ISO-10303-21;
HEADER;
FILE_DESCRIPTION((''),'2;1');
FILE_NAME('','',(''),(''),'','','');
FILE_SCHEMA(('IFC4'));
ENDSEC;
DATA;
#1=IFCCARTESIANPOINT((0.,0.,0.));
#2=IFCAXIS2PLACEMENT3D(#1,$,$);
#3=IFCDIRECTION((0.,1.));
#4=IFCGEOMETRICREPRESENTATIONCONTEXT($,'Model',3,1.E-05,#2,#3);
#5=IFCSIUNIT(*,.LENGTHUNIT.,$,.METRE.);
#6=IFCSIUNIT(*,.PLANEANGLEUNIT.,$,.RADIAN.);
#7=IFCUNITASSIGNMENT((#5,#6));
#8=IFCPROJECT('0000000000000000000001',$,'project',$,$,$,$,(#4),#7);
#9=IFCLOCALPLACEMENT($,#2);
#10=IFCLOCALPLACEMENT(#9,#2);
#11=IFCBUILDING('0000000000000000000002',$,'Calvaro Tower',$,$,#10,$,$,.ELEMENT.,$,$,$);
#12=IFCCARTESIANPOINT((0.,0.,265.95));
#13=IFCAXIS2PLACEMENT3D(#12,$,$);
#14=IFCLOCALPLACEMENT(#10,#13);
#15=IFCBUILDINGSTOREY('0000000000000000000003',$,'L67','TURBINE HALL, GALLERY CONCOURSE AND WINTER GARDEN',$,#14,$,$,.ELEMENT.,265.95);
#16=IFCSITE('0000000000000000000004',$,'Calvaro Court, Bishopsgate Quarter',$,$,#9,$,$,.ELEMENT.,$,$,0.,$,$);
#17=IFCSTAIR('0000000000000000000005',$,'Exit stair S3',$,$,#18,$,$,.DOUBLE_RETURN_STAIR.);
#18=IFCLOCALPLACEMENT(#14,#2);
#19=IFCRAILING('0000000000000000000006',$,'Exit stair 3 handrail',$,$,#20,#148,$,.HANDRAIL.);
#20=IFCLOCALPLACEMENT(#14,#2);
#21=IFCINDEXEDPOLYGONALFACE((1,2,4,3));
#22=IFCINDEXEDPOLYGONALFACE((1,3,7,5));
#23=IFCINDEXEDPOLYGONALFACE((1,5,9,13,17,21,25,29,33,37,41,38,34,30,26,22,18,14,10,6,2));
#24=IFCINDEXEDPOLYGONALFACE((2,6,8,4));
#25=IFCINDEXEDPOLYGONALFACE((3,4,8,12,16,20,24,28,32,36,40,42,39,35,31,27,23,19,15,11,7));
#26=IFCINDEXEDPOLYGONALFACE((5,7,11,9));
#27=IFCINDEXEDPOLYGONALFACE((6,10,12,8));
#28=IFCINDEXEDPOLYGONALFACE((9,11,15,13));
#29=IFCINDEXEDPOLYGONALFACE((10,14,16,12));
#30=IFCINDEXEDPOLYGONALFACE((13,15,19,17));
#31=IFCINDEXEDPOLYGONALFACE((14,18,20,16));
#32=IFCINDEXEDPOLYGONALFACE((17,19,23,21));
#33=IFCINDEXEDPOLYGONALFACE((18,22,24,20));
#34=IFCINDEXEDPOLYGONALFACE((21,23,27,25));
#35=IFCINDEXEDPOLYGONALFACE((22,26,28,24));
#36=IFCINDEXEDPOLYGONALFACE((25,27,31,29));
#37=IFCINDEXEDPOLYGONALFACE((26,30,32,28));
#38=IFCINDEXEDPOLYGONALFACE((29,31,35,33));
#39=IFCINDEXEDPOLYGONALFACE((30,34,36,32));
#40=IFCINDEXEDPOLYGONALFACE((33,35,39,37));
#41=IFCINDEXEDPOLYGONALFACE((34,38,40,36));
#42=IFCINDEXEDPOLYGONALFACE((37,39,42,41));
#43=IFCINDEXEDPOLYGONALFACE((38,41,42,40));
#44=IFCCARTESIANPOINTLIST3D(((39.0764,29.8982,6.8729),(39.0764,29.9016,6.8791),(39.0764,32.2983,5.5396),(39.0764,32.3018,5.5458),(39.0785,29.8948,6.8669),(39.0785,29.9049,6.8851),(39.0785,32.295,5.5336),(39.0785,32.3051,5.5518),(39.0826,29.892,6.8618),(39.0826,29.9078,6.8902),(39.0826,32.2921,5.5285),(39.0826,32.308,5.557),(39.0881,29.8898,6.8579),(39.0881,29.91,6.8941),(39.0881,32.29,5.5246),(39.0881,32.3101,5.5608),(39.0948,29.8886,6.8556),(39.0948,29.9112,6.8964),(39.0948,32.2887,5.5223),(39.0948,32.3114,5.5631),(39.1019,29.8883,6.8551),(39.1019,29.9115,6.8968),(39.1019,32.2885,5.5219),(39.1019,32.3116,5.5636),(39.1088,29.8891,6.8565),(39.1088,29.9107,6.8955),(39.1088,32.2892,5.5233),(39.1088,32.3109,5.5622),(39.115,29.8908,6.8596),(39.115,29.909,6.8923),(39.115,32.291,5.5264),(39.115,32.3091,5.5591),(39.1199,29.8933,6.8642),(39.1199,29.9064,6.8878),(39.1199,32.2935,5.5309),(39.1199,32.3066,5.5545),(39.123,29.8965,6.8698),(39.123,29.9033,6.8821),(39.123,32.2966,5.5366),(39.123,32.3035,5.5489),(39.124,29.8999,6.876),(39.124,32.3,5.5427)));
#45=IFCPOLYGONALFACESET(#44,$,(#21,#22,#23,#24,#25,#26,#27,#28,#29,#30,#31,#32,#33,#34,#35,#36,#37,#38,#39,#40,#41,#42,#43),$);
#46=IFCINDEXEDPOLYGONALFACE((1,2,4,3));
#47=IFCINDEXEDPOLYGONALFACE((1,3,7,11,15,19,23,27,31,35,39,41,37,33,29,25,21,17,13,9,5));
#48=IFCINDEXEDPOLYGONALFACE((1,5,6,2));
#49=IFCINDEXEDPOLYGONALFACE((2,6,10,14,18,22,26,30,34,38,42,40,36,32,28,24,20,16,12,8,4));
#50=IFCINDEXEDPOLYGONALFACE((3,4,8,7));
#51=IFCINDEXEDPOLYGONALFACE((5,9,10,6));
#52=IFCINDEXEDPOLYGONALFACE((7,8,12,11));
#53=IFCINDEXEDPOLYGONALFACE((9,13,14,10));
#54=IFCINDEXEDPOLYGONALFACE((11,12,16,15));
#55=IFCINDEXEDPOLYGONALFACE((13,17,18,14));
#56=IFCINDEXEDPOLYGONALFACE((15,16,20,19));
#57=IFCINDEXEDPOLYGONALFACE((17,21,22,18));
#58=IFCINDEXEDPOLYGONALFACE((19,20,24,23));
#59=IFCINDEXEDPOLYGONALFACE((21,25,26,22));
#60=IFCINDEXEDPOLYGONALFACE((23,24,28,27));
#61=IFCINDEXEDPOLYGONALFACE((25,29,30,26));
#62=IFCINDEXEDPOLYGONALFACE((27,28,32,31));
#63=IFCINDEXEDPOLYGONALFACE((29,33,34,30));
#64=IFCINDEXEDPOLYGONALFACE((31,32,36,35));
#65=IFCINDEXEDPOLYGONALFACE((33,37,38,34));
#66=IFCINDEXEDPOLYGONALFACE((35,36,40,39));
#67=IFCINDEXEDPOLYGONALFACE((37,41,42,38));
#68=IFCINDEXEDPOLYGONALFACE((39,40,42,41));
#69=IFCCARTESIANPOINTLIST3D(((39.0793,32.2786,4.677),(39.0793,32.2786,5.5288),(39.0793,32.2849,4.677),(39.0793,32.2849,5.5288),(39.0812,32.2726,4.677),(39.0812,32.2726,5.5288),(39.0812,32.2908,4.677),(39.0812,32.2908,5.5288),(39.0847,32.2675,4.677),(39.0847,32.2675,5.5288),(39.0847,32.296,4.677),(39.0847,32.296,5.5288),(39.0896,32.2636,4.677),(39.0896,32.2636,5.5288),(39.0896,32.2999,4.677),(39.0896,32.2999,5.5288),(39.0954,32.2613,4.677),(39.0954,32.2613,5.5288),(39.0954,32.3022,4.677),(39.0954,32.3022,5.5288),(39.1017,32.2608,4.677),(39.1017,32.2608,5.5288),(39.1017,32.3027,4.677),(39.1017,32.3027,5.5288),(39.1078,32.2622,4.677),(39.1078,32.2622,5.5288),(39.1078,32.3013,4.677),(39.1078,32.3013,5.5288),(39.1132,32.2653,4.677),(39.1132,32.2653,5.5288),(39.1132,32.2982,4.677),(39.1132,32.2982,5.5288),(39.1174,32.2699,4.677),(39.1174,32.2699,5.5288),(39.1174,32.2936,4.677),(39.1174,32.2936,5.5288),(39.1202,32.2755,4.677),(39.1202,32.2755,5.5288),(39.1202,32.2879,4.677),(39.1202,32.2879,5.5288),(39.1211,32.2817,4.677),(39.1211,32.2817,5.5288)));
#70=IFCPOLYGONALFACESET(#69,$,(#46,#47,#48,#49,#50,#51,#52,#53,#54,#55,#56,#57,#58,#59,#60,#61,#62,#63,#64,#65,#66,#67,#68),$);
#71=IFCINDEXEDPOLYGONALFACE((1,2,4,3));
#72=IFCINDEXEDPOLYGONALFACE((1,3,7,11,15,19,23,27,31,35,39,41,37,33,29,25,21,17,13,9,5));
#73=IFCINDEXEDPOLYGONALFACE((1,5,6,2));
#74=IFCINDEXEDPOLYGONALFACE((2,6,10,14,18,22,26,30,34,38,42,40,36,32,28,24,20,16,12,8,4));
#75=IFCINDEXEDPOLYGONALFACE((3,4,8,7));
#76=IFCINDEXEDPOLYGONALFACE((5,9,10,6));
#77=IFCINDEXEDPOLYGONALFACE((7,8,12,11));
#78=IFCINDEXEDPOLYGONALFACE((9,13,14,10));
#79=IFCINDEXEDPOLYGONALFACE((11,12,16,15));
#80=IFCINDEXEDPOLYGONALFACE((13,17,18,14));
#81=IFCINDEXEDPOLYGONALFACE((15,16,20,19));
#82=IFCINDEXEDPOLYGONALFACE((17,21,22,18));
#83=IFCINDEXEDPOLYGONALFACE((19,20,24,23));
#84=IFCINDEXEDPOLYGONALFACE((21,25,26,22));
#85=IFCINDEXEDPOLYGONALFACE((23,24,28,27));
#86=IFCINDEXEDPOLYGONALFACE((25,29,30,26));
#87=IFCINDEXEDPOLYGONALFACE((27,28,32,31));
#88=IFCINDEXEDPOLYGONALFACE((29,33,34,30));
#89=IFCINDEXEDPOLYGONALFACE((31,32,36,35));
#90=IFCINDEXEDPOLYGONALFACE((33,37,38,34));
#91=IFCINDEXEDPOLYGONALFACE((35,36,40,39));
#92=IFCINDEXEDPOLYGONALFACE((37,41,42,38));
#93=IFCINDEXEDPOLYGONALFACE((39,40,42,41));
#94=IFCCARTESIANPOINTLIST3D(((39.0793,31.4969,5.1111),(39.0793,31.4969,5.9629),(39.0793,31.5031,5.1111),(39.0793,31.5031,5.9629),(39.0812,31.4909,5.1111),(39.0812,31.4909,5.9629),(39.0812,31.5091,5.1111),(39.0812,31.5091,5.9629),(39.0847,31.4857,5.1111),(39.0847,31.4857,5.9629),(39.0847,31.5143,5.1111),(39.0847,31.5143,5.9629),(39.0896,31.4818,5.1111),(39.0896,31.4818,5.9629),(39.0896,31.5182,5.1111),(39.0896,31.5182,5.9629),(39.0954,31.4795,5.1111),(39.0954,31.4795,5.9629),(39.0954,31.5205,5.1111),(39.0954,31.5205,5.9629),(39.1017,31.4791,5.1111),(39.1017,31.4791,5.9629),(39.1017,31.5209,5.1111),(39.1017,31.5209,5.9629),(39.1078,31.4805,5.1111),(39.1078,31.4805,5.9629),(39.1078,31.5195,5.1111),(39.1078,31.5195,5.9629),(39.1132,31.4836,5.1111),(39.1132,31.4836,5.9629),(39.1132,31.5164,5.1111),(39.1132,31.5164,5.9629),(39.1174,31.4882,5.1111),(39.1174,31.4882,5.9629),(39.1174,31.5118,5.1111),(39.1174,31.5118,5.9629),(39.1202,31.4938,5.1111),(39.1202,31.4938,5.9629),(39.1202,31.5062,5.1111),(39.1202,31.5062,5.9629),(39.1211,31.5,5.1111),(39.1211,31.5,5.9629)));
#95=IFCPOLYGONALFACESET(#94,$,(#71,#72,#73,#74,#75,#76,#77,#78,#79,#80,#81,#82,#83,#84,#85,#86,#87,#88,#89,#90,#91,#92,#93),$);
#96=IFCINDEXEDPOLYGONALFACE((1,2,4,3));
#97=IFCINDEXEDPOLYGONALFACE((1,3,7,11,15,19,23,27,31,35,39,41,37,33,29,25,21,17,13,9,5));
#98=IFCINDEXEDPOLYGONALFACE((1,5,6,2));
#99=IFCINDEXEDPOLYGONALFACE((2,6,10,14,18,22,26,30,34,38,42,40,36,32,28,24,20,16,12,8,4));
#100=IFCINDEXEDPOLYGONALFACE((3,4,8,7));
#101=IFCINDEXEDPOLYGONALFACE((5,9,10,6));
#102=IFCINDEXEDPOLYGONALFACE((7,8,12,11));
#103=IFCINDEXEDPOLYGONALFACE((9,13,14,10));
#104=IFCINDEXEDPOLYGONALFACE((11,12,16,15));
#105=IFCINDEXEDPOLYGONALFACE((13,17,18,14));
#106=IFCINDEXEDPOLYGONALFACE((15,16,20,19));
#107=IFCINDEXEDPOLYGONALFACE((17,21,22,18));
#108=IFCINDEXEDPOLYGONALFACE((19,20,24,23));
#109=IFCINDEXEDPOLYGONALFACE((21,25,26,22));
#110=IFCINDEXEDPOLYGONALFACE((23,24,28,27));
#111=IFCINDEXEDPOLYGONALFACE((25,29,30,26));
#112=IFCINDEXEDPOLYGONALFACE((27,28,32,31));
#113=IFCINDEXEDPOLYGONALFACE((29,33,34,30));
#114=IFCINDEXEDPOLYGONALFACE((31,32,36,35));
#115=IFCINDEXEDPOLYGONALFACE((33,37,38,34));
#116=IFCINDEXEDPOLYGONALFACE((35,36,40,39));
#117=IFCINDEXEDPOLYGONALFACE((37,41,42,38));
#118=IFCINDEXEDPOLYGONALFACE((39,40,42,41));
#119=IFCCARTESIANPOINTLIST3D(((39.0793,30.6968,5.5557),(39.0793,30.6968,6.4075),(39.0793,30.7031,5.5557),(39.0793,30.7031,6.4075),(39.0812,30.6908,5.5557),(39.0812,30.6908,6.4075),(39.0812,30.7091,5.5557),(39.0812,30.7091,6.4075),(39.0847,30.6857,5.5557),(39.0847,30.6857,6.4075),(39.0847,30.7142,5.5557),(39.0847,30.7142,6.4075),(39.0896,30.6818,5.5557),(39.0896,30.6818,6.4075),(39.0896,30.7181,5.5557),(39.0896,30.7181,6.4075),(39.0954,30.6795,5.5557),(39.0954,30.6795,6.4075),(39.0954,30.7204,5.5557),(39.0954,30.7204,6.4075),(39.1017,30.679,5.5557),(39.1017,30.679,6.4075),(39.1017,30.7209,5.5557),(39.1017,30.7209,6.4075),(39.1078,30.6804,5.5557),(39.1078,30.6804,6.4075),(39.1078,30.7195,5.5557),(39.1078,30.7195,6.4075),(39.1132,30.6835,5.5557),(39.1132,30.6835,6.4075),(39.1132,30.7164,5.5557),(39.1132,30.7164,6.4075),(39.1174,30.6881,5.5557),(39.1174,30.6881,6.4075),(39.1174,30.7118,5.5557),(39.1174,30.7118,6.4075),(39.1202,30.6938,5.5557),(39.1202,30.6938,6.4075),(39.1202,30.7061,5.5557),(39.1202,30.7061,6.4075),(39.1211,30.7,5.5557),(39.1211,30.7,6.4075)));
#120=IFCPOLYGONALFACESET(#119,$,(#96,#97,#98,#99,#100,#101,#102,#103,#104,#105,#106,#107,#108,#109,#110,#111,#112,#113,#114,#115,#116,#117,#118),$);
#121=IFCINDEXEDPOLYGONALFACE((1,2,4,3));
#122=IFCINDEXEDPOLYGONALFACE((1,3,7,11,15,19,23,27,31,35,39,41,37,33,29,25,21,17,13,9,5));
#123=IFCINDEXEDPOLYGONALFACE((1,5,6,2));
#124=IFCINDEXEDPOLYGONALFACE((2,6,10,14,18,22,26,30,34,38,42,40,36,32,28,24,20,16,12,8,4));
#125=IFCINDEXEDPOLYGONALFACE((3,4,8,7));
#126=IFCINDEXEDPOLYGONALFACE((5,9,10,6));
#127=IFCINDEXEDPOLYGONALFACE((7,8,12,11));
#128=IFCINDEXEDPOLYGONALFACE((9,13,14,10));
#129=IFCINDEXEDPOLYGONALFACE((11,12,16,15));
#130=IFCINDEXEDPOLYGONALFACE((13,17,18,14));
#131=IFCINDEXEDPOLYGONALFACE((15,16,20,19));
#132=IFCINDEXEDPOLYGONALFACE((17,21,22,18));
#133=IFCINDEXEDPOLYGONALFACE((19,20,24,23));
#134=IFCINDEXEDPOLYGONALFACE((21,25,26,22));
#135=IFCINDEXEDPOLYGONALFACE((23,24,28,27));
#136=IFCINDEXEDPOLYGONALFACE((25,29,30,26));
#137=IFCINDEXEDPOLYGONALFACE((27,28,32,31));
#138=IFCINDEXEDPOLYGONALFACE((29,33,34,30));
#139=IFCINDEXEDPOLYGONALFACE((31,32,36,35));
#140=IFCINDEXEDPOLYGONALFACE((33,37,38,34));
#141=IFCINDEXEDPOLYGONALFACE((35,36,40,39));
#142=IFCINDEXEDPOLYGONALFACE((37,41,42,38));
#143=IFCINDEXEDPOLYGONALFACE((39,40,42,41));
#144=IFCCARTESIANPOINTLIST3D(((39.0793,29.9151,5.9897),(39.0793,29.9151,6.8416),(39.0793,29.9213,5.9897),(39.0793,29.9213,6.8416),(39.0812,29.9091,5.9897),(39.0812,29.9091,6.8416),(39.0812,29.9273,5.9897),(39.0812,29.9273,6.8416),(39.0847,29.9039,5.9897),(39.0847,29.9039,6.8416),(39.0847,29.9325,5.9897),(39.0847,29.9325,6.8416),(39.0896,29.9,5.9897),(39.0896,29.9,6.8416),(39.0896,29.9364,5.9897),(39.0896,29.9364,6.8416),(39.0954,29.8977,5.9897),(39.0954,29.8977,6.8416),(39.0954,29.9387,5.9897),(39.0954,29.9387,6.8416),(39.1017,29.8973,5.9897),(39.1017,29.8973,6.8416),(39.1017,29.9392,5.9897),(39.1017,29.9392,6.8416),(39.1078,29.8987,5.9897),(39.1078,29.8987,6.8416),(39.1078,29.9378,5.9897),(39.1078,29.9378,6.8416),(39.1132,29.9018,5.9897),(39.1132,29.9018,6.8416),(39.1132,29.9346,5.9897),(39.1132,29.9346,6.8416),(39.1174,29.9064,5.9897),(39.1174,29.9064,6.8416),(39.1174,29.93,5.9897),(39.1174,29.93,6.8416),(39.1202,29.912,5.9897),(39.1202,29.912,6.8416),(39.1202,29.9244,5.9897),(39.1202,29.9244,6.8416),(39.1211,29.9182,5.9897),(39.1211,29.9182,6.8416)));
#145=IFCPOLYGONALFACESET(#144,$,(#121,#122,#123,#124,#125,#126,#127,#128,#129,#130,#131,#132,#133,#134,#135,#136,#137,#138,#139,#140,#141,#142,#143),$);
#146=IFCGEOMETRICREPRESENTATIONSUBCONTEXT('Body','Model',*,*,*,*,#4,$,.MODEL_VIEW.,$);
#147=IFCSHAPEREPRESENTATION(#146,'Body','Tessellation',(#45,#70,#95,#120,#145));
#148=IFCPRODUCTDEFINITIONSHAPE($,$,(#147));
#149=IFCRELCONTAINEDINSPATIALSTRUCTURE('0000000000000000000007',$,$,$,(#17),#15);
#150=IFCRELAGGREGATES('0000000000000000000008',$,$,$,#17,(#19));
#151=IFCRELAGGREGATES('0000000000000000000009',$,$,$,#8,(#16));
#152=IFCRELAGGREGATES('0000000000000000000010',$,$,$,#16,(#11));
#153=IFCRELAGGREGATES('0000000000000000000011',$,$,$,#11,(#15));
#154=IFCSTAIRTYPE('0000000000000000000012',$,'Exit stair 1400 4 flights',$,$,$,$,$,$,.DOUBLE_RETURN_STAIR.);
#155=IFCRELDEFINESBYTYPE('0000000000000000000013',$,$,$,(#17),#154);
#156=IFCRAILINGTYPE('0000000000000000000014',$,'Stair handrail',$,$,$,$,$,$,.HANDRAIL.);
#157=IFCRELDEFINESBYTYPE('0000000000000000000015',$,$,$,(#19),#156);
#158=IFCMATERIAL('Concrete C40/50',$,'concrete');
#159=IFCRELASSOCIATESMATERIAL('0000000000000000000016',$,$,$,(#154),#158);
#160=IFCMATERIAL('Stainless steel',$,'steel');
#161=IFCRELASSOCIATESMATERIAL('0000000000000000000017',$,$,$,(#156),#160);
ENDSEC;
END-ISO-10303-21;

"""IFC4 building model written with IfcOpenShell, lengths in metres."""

from ifc_helpers import new_model, si_unit, direction, frame, origin, origin_2d, place, context, subcontext, project, spatial, circle, extrude, material, type_object, element, aggregate, save


model = new_model("IFC4")

# Units and contexts
model_context = context("Model", 3, precision=1e-05, world=origin(), true_north=direction((0.0, 1.0)))
body_context = subcontext(model_context, "Body", "Model", "MODEL_VIEW")
ifc_project = project(units=[si_unit("LENGTHUNIT", "METRE"), si_unit("PLANEANGLEUNIT", "RADIAN")], contexts=[model_context])

# Site, building, storey
site_placement = place(None, origin())
site = spatial("IfcSite", under=ifc_project, at=site_placement, Name="Calvaro Court, Bishopsgate Quarter", CompositionType="ELEMENT", RefElevation=0.0)
building_placement = place(site_placement, origin())
building = spatial("IfcBuilding", under=site, at=building_placement, Name="Calvaro Tower", CompositionType="ELEMENT")
storey_placement = place(building_placement, frame((0.0, 0.0, 265.95)))
storey = spatial("IfcBuildingStorey", under=building, at=storey_placement, Name="L67", Description="TURBINE HALL, GALLERY CONCOURSE AND WINTER GARDEN", CompositionType="ELEMENT", Elevation=265.95)

# Stair, railing
ifc_material_1 = material(Name="Concrete C40/50", Category="concrete")
stair_type = type_object("IfcStairType", Name="Exit stair 1400 4 flights", PredefinedType="DOUBLE_RETURN_STAIR", material=ifc_material_1)
stair_placement = place(storey_placement, origin())
stair = element("IfcStair", 1, at=stair_placement, inside=storey, type_object=stair_type, Name="Exit stair S3", PredefinedType="DOUBLE_RETURN_STAIR")
ifc_material_2 = material(Name="Stainless steel", Category="steel")
railing_type = type_object("IfcRailingType", Name="Stair handrail", PredefinedType="HANDRAIL", material=ifc_material_2)
railing_1_placement = place(storey_placement, frame((39.1001, 32.3, 4.6667)))
railing_1 = element("IfcRailing", 2, at=railing_1_placement, type_object=railing_type, Name="Exit stair 3 handrail", PredefinedType="HANDRAIL", context=body_context, shape_type="SweptSolid", body=[
    extrude(circle(Radius=0.0239, at=origin_2d()), frame((0.0, 0.0, 0.876), z_axis=(0.0, -0.874182, 0.485598), x_axis=(1.0, 0.0, 0.0)), (0.0, 0.0, 1.0), 2.7456),
    extrude(circle(Radius=0.021, at=origin_2d()), frame((0.0, -0.0183, 0.0103)), (0.0, 0.0, 1.0), 0.8518),
    extrude(circle(Radius=0.021, at=origin_2d()), frame((0.0, -0.8, 0.4443)), (0.0, 0.0, 1.0), 0.8518),
    extrude(circle(Radius=0.021, at=origin_2d()), frame((0.0, -1.6001, 0.8889)), (0.0, 0.0, 1.0), 0.8518),
    extrude(circle(Radius=0.021, at=origin_2d()), frame((0.0, -2.3818, 1.323)), (0.0, 0.0, 1.0), 0.8518),
])
aggregate(stair, [railing_1])

save(model, "model.ifc")
